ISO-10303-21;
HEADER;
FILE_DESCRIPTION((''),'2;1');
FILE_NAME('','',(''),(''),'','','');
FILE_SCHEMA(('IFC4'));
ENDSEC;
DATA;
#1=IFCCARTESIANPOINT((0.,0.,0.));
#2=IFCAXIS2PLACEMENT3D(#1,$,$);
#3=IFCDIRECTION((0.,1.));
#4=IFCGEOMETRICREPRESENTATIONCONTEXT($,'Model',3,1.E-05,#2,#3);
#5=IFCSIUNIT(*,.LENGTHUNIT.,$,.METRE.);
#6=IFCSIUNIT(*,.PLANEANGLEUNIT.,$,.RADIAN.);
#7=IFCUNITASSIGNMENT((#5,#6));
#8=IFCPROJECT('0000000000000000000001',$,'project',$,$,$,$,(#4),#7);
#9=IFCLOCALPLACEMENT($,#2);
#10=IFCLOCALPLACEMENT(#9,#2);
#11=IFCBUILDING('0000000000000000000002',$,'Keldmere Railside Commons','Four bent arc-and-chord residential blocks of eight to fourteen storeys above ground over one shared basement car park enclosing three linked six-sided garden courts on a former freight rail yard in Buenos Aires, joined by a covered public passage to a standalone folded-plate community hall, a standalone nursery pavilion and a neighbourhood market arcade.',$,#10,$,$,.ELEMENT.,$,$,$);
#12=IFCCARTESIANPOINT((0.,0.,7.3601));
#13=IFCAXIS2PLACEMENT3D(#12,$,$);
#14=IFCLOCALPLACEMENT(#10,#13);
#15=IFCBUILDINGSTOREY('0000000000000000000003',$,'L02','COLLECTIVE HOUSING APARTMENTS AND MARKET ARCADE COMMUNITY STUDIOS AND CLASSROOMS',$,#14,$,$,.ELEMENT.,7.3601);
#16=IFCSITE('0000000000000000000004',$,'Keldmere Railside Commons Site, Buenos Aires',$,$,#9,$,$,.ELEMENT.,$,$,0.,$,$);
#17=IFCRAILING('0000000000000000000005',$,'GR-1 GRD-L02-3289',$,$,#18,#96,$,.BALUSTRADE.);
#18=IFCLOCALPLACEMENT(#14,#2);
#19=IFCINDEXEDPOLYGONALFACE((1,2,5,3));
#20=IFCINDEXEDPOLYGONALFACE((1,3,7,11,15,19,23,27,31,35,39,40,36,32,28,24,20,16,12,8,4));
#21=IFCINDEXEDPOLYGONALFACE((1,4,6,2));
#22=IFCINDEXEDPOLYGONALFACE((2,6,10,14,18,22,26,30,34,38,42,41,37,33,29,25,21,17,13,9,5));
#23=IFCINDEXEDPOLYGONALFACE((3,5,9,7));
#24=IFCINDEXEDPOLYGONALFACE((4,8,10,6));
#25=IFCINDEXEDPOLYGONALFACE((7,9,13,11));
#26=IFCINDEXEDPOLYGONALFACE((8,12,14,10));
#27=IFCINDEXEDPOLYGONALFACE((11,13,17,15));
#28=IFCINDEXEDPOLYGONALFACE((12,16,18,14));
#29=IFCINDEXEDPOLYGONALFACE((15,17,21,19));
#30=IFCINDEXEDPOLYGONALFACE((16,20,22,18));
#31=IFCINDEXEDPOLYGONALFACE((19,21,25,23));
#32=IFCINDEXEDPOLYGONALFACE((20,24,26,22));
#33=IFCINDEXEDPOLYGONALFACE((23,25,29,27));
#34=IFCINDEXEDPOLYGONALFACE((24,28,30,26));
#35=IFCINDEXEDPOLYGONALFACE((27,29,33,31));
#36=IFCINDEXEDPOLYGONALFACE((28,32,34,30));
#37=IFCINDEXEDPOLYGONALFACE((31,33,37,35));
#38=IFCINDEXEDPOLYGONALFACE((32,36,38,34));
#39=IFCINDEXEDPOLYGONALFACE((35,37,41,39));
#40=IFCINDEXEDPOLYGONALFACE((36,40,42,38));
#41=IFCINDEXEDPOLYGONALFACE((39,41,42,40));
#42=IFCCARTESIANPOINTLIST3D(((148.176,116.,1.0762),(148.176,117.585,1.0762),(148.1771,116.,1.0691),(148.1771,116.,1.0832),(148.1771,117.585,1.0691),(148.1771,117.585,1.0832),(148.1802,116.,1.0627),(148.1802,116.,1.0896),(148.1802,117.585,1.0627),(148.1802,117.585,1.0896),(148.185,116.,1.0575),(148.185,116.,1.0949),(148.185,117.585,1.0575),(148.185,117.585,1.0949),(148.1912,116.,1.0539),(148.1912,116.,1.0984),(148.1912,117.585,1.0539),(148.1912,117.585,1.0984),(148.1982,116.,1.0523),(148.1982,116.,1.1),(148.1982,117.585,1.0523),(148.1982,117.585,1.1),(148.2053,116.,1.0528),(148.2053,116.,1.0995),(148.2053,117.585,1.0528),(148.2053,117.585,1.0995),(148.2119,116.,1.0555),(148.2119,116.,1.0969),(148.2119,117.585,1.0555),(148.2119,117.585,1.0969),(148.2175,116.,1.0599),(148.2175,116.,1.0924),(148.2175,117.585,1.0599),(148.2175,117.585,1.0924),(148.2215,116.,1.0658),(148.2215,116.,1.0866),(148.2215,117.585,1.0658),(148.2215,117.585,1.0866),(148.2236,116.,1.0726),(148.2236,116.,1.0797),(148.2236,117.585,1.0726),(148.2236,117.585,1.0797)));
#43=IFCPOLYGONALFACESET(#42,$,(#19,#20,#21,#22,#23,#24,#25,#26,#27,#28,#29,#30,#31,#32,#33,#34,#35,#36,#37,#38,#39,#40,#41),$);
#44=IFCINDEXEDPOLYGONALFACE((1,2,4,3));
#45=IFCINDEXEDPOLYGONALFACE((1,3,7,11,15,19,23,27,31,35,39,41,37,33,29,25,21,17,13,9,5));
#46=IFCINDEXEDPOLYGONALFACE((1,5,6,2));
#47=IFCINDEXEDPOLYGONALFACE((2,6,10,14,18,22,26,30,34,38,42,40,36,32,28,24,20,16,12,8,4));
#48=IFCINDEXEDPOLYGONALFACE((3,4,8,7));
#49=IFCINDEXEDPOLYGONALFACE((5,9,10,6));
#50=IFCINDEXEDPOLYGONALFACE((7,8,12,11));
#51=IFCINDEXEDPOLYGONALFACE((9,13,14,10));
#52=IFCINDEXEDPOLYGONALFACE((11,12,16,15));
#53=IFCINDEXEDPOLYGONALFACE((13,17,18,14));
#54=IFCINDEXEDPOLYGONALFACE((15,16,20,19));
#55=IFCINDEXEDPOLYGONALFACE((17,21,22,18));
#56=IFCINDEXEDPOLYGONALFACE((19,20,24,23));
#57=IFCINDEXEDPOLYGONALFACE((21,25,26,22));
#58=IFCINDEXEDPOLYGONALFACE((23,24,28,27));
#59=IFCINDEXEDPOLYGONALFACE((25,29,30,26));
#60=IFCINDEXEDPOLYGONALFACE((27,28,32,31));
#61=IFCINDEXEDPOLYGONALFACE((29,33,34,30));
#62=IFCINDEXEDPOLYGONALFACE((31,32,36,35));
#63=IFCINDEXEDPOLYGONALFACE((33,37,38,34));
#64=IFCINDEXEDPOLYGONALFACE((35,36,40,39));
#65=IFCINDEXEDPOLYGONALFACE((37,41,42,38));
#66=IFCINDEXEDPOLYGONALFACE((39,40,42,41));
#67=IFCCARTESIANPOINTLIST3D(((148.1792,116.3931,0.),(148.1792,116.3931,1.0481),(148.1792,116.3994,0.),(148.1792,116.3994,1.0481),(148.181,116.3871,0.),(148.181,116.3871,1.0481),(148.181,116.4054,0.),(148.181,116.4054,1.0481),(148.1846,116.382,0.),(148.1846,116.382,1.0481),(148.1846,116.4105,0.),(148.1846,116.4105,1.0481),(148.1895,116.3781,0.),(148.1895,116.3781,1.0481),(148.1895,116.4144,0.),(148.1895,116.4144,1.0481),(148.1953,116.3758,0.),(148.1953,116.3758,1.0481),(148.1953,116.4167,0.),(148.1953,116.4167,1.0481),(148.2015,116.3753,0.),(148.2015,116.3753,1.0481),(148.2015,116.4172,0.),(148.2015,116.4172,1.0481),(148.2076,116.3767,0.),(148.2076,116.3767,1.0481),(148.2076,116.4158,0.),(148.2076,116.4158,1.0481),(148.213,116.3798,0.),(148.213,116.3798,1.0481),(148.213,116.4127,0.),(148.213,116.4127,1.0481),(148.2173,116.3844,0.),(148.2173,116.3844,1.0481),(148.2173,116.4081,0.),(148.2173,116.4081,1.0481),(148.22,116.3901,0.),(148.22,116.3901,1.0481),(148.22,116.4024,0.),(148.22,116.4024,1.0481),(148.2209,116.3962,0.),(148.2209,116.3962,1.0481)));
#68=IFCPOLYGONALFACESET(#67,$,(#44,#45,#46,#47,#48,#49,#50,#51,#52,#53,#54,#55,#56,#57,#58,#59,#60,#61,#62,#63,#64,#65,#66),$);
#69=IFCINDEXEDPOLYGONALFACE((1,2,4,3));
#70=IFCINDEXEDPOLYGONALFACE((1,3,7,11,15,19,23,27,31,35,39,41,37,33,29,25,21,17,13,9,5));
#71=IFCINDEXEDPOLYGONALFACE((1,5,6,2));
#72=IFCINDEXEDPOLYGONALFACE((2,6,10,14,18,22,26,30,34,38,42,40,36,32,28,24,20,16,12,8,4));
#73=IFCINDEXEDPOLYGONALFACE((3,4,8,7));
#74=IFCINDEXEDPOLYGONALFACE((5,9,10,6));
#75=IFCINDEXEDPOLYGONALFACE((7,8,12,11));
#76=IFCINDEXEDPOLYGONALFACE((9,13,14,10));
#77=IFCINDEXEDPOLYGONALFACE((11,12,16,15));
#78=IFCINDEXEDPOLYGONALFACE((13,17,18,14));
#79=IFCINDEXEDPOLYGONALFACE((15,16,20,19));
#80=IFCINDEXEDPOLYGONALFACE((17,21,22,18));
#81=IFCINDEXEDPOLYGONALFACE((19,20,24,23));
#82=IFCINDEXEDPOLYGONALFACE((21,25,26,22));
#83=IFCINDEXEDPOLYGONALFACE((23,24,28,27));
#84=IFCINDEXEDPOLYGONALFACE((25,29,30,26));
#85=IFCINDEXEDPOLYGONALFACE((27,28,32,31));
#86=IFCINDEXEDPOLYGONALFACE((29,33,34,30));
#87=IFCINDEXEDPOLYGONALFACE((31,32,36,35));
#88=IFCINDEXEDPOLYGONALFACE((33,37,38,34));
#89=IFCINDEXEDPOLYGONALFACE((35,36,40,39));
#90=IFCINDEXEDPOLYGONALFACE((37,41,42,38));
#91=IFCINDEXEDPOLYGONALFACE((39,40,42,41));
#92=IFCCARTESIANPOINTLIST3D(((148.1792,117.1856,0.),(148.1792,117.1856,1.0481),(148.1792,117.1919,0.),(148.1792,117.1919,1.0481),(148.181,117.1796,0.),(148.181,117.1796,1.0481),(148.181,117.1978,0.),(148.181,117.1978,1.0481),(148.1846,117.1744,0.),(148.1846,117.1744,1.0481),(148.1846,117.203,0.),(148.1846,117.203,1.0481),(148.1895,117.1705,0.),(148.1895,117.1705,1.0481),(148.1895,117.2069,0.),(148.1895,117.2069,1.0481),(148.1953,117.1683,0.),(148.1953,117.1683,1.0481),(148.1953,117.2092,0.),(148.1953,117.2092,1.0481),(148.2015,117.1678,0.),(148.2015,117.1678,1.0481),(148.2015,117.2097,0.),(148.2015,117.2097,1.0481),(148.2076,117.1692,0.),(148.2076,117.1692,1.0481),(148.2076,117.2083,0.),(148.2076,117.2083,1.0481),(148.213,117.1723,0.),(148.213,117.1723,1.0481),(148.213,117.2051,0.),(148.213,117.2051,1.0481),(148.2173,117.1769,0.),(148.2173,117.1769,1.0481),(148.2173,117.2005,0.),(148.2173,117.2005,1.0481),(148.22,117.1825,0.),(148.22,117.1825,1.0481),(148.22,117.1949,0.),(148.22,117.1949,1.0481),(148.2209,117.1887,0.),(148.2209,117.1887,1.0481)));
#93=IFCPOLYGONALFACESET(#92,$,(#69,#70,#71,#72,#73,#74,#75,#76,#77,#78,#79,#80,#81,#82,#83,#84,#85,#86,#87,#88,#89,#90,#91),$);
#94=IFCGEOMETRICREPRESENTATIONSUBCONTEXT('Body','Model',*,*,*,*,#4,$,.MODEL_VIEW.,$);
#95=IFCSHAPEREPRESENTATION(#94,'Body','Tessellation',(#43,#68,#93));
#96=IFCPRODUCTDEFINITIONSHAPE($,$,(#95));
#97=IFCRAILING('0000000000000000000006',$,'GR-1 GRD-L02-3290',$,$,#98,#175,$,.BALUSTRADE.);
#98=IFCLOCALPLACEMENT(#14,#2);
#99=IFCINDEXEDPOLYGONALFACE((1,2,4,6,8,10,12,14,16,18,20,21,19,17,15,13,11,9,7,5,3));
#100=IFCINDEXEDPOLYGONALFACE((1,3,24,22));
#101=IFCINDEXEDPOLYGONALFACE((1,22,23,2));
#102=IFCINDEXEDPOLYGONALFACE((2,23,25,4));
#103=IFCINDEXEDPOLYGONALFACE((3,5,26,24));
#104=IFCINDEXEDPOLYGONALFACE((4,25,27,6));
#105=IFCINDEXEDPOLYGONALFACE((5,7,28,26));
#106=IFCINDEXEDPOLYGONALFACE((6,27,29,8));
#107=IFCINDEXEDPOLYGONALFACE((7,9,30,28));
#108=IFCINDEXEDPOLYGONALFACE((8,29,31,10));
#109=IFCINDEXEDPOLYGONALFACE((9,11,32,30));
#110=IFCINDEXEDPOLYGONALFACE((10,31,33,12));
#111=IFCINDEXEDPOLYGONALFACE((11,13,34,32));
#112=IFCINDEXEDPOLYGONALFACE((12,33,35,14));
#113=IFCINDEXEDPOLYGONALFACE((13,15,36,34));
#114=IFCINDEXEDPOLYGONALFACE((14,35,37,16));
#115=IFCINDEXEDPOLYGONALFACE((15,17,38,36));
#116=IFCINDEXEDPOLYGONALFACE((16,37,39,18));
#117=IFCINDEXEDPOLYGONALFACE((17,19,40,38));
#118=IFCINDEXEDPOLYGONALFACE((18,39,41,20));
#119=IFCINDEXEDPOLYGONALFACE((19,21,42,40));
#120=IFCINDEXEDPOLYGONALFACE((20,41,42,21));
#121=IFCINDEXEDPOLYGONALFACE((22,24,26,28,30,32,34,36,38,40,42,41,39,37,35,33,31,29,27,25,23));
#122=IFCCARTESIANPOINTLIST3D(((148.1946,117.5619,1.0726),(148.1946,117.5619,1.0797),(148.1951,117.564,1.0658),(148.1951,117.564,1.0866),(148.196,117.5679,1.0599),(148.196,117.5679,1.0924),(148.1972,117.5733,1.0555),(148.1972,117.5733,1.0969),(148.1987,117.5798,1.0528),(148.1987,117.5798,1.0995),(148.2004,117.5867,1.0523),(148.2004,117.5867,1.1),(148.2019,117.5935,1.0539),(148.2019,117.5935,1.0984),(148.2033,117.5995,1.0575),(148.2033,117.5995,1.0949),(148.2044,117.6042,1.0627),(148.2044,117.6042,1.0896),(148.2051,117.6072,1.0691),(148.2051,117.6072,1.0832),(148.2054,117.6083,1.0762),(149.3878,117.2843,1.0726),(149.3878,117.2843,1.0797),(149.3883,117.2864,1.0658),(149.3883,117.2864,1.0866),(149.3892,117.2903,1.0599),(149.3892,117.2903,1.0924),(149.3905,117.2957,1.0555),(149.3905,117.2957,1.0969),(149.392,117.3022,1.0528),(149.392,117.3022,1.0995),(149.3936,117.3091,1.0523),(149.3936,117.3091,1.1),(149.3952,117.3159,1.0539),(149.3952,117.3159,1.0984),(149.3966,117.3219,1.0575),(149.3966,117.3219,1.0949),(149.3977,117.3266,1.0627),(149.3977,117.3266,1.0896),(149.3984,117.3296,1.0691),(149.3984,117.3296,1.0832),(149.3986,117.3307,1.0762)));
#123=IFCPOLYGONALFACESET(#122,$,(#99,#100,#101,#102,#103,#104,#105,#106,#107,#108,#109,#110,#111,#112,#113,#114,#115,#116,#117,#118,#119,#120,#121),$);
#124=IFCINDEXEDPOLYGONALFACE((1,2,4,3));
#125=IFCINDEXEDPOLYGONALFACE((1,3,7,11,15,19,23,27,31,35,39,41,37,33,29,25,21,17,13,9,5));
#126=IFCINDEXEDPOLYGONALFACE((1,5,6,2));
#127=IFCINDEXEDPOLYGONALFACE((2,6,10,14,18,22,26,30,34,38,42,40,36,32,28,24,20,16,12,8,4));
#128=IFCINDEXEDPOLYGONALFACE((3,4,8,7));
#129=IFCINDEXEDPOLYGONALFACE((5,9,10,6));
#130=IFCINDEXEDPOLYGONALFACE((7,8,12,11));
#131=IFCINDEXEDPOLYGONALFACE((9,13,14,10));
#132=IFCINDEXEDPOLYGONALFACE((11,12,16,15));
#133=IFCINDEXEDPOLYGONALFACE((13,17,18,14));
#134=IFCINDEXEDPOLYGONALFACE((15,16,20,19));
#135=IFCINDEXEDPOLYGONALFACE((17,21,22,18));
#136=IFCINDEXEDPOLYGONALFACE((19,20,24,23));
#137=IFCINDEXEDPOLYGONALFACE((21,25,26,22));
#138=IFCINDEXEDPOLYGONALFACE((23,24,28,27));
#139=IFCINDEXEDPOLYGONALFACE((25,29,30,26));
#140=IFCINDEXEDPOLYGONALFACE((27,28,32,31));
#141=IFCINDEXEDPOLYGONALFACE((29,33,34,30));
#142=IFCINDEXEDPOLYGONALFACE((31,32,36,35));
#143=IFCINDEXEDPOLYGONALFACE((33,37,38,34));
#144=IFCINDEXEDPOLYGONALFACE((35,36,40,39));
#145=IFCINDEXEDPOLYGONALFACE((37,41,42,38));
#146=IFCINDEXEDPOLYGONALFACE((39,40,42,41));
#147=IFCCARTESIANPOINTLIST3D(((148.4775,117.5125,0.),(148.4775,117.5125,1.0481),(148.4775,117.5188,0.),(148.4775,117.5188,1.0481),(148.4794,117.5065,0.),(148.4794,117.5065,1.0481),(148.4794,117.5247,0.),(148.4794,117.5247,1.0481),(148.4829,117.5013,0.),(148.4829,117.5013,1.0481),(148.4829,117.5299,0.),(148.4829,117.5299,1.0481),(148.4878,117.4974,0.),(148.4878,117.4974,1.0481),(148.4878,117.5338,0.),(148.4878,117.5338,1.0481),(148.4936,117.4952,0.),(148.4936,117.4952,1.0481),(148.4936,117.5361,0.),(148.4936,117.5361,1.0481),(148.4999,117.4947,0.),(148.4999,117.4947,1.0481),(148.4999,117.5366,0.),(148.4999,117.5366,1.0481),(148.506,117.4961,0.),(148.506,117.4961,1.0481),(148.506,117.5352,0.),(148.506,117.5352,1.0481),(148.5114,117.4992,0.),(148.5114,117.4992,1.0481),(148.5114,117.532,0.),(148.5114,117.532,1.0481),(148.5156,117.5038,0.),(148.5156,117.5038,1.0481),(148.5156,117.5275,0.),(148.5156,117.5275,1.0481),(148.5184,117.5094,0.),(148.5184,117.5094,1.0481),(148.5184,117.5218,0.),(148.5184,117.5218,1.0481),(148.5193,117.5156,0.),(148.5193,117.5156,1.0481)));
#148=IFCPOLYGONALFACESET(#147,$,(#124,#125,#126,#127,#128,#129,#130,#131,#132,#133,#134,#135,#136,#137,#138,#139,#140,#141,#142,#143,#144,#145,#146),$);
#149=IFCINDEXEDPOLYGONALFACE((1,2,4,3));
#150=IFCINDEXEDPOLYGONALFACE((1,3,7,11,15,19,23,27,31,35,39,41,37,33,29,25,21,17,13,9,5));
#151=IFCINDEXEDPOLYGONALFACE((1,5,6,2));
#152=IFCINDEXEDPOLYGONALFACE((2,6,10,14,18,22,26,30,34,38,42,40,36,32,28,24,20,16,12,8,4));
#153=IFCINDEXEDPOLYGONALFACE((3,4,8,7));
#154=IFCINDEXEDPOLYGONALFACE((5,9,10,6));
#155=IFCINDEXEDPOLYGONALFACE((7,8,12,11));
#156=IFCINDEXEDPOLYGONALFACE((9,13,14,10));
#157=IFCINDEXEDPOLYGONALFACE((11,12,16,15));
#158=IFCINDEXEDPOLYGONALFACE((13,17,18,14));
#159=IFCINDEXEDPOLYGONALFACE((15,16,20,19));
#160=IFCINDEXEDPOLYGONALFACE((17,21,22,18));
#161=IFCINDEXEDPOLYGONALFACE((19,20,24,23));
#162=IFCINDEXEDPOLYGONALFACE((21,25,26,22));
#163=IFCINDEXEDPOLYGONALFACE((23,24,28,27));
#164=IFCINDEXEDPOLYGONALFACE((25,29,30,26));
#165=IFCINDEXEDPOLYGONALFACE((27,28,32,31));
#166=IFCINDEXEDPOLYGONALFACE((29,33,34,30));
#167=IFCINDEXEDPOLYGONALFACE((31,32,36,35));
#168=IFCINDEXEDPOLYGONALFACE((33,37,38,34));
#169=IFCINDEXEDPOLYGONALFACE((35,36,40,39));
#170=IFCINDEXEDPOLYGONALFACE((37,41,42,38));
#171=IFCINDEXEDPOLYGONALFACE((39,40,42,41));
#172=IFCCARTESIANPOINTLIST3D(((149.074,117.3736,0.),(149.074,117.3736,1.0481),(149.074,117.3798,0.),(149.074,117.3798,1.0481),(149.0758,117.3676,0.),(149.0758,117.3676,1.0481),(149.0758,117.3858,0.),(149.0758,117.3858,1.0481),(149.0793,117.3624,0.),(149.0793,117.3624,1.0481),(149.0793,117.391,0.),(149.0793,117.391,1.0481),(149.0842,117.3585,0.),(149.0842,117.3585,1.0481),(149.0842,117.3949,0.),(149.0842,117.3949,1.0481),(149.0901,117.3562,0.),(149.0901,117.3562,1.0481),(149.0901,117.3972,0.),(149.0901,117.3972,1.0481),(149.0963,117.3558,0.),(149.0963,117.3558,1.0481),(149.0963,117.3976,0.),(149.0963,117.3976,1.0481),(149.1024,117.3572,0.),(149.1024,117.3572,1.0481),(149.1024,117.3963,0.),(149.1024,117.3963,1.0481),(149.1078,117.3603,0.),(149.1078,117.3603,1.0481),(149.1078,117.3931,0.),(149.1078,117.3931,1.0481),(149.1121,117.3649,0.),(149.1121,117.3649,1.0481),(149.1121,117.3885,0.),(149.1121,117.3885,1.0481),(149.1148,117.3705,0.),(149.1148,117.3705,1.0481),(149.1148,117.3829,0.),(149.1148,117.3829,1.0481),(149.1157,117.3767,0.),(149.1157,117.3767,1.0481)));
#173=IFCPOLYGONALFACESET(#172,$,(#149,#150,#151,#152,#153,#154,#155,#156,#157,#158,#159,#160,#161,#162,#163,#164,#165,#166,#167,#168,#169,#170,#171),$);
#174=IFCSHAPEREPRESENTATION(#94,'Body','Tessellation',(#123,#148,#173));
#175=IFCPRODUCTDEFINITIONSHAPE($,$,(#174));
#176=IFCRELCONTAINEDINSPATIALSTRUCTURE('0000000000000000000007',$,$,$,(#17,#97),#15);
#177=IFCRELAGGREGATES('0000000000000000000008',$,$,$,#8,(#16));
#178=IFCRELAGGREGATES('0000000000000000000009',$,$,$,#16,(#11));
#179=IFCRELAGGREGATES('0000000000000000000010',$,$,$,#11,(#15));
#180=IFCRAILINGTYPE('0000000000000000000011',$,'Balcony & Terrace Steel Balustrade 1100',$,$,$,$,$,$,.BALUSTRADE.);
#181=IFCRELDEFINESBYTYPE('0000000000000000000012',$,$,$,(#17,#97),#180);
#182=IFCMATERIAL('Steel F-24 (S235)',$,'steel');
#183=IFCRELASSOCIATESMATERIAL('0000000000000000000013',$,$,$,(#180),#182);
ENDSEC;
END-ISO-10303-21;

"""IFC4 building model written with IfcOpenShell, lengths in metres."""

from ifc_helpers import new_model, si_unit, direction, frame, origin, origin_2d, place, context, subcontext, project, spatial, circle, extrude, material, type_object, element, save


model = new_model("IFC4")

# Units and contexts
model_context = context("Model", 3, precision=1e-05, world=origin(), true_north=direction((0.0, 1.0)))
body_context = subcontext(model_context, "Body", "Model", "MODEL_VIEW")
ifc_project = project(units=[si_unit("LENGTHUNIT", "METRE"), si_unit("PLANEANGLEUNIT", "RADIAN")], contexts=[model_context])

# Site, building, storey
site_placement = place(None, origin())
site = spatial("IfcSite", under=ifc_project, at=site_placement, Name="Keldmere Railside Commons Site, Buenos Aires", CompositionType="ELEMENT", RefElevation=0.0)
building_placement = place(site_placement, origin())
building = spatial("IfcBuilding", under=site, at=building_placement, Name="Keldmere Railside Commons", Description="Four bent arc-and-chord residential blocks of eight to fourteen storeys above ground over one shared basement car park enclosing three linked six-sided garden courts on a former freight rail yard in Buenos Aires, joined by a covered public passage to a standalone folded-plate community hall, a standalone nursery pavilion and a neighbourhood market arcade.", CompositionType="ELEMENT")
storey_placement = place(building_placement, frame((0.0, 0.0, 7.3601)))
storey = spatial("IfcBuildingStorey", under=building, at=storey_placement, Name="L02", Description="COLLECTIVE HOUSING APARTMENTS AND MARKET ARCADE COMMUNITY STUDIOS AND CLASSROOMS", CompositionType="ELEMENT", Elevation=7.3601)

# Railings
ifc_material_1 = material(Name="Steel F-24 (S235)", Category="steel")
railing_type = type_object("IfcRailingType", Name="Balcony & Terrace Steel Balustrade 1100", PredefinedType="BALUSTRADE", material=ifc_material_1)
railing_1_placement = place(storey_placement, frame((148.2, 116.0, 0.0)))
element("IfcRailing", 1, at=railing_1_placement, inside=storey, type_object=railing_type, Name="GR-1 GRD-L02-3289", PredefinedType="BALUSTRADE", context=body_context, shape_type="SweptSolid", body=[
    extrude(circle(Radius=0.0239, at=origin_2d()), frame((0.0, 0.0, 1.0762), z_axis=(0.0, 1.0, 0.0), x_axis=(-1.0, 0.0, 0.0)), (0.0, 0.0, 1.0), 1.585),
    extrude(circle(Radius=0.021, at=origin_2d()), frame((0.0, 0.3962, 0.0)), (0.0, 0.0, 1.0), 1.0481),
    extrude(circle(Radius=0.021, at=origin_2d()), frame((0.0, 1.1887, 0.0)), (0.0, 0.0, 1.0), 1.0481),
])
railing_2_placement = place(storey_placement, frame((148.2, 117.585, 0.0)))
element("IfcRailing", 2, at=railing_2_placement, inside=storey, type_object=railing_type, Name="GR-1 GRD-L02-3290", PredefinedType="BALUSTRADE", context=body_context, shape_type="SweptSolid", body=[
    extrude(circle(Radius=0.0239, at=origin_2d()), frame((0.0, 0.0, 1.0762), z_axis=(0.973987, -0.226606, 0.0), x_axis=(0.226606, 0.973987, 0.0)), (0.0, 0.0, 1.0), 1.2251),
    extrude(circle(Radius=0.021, at=origin_2d()), frame((0.2983, -0.0693, 0.0)), (0.0, 0.0, 1.0), 1.0481),
    extrude(circle(Radius=0.021, at=origin_2d()), frame((0.8948, -0.2083, 0.0)), (0.0, 0.0, 1.0), 1.0481),
])

save(model, "model.ifc")
